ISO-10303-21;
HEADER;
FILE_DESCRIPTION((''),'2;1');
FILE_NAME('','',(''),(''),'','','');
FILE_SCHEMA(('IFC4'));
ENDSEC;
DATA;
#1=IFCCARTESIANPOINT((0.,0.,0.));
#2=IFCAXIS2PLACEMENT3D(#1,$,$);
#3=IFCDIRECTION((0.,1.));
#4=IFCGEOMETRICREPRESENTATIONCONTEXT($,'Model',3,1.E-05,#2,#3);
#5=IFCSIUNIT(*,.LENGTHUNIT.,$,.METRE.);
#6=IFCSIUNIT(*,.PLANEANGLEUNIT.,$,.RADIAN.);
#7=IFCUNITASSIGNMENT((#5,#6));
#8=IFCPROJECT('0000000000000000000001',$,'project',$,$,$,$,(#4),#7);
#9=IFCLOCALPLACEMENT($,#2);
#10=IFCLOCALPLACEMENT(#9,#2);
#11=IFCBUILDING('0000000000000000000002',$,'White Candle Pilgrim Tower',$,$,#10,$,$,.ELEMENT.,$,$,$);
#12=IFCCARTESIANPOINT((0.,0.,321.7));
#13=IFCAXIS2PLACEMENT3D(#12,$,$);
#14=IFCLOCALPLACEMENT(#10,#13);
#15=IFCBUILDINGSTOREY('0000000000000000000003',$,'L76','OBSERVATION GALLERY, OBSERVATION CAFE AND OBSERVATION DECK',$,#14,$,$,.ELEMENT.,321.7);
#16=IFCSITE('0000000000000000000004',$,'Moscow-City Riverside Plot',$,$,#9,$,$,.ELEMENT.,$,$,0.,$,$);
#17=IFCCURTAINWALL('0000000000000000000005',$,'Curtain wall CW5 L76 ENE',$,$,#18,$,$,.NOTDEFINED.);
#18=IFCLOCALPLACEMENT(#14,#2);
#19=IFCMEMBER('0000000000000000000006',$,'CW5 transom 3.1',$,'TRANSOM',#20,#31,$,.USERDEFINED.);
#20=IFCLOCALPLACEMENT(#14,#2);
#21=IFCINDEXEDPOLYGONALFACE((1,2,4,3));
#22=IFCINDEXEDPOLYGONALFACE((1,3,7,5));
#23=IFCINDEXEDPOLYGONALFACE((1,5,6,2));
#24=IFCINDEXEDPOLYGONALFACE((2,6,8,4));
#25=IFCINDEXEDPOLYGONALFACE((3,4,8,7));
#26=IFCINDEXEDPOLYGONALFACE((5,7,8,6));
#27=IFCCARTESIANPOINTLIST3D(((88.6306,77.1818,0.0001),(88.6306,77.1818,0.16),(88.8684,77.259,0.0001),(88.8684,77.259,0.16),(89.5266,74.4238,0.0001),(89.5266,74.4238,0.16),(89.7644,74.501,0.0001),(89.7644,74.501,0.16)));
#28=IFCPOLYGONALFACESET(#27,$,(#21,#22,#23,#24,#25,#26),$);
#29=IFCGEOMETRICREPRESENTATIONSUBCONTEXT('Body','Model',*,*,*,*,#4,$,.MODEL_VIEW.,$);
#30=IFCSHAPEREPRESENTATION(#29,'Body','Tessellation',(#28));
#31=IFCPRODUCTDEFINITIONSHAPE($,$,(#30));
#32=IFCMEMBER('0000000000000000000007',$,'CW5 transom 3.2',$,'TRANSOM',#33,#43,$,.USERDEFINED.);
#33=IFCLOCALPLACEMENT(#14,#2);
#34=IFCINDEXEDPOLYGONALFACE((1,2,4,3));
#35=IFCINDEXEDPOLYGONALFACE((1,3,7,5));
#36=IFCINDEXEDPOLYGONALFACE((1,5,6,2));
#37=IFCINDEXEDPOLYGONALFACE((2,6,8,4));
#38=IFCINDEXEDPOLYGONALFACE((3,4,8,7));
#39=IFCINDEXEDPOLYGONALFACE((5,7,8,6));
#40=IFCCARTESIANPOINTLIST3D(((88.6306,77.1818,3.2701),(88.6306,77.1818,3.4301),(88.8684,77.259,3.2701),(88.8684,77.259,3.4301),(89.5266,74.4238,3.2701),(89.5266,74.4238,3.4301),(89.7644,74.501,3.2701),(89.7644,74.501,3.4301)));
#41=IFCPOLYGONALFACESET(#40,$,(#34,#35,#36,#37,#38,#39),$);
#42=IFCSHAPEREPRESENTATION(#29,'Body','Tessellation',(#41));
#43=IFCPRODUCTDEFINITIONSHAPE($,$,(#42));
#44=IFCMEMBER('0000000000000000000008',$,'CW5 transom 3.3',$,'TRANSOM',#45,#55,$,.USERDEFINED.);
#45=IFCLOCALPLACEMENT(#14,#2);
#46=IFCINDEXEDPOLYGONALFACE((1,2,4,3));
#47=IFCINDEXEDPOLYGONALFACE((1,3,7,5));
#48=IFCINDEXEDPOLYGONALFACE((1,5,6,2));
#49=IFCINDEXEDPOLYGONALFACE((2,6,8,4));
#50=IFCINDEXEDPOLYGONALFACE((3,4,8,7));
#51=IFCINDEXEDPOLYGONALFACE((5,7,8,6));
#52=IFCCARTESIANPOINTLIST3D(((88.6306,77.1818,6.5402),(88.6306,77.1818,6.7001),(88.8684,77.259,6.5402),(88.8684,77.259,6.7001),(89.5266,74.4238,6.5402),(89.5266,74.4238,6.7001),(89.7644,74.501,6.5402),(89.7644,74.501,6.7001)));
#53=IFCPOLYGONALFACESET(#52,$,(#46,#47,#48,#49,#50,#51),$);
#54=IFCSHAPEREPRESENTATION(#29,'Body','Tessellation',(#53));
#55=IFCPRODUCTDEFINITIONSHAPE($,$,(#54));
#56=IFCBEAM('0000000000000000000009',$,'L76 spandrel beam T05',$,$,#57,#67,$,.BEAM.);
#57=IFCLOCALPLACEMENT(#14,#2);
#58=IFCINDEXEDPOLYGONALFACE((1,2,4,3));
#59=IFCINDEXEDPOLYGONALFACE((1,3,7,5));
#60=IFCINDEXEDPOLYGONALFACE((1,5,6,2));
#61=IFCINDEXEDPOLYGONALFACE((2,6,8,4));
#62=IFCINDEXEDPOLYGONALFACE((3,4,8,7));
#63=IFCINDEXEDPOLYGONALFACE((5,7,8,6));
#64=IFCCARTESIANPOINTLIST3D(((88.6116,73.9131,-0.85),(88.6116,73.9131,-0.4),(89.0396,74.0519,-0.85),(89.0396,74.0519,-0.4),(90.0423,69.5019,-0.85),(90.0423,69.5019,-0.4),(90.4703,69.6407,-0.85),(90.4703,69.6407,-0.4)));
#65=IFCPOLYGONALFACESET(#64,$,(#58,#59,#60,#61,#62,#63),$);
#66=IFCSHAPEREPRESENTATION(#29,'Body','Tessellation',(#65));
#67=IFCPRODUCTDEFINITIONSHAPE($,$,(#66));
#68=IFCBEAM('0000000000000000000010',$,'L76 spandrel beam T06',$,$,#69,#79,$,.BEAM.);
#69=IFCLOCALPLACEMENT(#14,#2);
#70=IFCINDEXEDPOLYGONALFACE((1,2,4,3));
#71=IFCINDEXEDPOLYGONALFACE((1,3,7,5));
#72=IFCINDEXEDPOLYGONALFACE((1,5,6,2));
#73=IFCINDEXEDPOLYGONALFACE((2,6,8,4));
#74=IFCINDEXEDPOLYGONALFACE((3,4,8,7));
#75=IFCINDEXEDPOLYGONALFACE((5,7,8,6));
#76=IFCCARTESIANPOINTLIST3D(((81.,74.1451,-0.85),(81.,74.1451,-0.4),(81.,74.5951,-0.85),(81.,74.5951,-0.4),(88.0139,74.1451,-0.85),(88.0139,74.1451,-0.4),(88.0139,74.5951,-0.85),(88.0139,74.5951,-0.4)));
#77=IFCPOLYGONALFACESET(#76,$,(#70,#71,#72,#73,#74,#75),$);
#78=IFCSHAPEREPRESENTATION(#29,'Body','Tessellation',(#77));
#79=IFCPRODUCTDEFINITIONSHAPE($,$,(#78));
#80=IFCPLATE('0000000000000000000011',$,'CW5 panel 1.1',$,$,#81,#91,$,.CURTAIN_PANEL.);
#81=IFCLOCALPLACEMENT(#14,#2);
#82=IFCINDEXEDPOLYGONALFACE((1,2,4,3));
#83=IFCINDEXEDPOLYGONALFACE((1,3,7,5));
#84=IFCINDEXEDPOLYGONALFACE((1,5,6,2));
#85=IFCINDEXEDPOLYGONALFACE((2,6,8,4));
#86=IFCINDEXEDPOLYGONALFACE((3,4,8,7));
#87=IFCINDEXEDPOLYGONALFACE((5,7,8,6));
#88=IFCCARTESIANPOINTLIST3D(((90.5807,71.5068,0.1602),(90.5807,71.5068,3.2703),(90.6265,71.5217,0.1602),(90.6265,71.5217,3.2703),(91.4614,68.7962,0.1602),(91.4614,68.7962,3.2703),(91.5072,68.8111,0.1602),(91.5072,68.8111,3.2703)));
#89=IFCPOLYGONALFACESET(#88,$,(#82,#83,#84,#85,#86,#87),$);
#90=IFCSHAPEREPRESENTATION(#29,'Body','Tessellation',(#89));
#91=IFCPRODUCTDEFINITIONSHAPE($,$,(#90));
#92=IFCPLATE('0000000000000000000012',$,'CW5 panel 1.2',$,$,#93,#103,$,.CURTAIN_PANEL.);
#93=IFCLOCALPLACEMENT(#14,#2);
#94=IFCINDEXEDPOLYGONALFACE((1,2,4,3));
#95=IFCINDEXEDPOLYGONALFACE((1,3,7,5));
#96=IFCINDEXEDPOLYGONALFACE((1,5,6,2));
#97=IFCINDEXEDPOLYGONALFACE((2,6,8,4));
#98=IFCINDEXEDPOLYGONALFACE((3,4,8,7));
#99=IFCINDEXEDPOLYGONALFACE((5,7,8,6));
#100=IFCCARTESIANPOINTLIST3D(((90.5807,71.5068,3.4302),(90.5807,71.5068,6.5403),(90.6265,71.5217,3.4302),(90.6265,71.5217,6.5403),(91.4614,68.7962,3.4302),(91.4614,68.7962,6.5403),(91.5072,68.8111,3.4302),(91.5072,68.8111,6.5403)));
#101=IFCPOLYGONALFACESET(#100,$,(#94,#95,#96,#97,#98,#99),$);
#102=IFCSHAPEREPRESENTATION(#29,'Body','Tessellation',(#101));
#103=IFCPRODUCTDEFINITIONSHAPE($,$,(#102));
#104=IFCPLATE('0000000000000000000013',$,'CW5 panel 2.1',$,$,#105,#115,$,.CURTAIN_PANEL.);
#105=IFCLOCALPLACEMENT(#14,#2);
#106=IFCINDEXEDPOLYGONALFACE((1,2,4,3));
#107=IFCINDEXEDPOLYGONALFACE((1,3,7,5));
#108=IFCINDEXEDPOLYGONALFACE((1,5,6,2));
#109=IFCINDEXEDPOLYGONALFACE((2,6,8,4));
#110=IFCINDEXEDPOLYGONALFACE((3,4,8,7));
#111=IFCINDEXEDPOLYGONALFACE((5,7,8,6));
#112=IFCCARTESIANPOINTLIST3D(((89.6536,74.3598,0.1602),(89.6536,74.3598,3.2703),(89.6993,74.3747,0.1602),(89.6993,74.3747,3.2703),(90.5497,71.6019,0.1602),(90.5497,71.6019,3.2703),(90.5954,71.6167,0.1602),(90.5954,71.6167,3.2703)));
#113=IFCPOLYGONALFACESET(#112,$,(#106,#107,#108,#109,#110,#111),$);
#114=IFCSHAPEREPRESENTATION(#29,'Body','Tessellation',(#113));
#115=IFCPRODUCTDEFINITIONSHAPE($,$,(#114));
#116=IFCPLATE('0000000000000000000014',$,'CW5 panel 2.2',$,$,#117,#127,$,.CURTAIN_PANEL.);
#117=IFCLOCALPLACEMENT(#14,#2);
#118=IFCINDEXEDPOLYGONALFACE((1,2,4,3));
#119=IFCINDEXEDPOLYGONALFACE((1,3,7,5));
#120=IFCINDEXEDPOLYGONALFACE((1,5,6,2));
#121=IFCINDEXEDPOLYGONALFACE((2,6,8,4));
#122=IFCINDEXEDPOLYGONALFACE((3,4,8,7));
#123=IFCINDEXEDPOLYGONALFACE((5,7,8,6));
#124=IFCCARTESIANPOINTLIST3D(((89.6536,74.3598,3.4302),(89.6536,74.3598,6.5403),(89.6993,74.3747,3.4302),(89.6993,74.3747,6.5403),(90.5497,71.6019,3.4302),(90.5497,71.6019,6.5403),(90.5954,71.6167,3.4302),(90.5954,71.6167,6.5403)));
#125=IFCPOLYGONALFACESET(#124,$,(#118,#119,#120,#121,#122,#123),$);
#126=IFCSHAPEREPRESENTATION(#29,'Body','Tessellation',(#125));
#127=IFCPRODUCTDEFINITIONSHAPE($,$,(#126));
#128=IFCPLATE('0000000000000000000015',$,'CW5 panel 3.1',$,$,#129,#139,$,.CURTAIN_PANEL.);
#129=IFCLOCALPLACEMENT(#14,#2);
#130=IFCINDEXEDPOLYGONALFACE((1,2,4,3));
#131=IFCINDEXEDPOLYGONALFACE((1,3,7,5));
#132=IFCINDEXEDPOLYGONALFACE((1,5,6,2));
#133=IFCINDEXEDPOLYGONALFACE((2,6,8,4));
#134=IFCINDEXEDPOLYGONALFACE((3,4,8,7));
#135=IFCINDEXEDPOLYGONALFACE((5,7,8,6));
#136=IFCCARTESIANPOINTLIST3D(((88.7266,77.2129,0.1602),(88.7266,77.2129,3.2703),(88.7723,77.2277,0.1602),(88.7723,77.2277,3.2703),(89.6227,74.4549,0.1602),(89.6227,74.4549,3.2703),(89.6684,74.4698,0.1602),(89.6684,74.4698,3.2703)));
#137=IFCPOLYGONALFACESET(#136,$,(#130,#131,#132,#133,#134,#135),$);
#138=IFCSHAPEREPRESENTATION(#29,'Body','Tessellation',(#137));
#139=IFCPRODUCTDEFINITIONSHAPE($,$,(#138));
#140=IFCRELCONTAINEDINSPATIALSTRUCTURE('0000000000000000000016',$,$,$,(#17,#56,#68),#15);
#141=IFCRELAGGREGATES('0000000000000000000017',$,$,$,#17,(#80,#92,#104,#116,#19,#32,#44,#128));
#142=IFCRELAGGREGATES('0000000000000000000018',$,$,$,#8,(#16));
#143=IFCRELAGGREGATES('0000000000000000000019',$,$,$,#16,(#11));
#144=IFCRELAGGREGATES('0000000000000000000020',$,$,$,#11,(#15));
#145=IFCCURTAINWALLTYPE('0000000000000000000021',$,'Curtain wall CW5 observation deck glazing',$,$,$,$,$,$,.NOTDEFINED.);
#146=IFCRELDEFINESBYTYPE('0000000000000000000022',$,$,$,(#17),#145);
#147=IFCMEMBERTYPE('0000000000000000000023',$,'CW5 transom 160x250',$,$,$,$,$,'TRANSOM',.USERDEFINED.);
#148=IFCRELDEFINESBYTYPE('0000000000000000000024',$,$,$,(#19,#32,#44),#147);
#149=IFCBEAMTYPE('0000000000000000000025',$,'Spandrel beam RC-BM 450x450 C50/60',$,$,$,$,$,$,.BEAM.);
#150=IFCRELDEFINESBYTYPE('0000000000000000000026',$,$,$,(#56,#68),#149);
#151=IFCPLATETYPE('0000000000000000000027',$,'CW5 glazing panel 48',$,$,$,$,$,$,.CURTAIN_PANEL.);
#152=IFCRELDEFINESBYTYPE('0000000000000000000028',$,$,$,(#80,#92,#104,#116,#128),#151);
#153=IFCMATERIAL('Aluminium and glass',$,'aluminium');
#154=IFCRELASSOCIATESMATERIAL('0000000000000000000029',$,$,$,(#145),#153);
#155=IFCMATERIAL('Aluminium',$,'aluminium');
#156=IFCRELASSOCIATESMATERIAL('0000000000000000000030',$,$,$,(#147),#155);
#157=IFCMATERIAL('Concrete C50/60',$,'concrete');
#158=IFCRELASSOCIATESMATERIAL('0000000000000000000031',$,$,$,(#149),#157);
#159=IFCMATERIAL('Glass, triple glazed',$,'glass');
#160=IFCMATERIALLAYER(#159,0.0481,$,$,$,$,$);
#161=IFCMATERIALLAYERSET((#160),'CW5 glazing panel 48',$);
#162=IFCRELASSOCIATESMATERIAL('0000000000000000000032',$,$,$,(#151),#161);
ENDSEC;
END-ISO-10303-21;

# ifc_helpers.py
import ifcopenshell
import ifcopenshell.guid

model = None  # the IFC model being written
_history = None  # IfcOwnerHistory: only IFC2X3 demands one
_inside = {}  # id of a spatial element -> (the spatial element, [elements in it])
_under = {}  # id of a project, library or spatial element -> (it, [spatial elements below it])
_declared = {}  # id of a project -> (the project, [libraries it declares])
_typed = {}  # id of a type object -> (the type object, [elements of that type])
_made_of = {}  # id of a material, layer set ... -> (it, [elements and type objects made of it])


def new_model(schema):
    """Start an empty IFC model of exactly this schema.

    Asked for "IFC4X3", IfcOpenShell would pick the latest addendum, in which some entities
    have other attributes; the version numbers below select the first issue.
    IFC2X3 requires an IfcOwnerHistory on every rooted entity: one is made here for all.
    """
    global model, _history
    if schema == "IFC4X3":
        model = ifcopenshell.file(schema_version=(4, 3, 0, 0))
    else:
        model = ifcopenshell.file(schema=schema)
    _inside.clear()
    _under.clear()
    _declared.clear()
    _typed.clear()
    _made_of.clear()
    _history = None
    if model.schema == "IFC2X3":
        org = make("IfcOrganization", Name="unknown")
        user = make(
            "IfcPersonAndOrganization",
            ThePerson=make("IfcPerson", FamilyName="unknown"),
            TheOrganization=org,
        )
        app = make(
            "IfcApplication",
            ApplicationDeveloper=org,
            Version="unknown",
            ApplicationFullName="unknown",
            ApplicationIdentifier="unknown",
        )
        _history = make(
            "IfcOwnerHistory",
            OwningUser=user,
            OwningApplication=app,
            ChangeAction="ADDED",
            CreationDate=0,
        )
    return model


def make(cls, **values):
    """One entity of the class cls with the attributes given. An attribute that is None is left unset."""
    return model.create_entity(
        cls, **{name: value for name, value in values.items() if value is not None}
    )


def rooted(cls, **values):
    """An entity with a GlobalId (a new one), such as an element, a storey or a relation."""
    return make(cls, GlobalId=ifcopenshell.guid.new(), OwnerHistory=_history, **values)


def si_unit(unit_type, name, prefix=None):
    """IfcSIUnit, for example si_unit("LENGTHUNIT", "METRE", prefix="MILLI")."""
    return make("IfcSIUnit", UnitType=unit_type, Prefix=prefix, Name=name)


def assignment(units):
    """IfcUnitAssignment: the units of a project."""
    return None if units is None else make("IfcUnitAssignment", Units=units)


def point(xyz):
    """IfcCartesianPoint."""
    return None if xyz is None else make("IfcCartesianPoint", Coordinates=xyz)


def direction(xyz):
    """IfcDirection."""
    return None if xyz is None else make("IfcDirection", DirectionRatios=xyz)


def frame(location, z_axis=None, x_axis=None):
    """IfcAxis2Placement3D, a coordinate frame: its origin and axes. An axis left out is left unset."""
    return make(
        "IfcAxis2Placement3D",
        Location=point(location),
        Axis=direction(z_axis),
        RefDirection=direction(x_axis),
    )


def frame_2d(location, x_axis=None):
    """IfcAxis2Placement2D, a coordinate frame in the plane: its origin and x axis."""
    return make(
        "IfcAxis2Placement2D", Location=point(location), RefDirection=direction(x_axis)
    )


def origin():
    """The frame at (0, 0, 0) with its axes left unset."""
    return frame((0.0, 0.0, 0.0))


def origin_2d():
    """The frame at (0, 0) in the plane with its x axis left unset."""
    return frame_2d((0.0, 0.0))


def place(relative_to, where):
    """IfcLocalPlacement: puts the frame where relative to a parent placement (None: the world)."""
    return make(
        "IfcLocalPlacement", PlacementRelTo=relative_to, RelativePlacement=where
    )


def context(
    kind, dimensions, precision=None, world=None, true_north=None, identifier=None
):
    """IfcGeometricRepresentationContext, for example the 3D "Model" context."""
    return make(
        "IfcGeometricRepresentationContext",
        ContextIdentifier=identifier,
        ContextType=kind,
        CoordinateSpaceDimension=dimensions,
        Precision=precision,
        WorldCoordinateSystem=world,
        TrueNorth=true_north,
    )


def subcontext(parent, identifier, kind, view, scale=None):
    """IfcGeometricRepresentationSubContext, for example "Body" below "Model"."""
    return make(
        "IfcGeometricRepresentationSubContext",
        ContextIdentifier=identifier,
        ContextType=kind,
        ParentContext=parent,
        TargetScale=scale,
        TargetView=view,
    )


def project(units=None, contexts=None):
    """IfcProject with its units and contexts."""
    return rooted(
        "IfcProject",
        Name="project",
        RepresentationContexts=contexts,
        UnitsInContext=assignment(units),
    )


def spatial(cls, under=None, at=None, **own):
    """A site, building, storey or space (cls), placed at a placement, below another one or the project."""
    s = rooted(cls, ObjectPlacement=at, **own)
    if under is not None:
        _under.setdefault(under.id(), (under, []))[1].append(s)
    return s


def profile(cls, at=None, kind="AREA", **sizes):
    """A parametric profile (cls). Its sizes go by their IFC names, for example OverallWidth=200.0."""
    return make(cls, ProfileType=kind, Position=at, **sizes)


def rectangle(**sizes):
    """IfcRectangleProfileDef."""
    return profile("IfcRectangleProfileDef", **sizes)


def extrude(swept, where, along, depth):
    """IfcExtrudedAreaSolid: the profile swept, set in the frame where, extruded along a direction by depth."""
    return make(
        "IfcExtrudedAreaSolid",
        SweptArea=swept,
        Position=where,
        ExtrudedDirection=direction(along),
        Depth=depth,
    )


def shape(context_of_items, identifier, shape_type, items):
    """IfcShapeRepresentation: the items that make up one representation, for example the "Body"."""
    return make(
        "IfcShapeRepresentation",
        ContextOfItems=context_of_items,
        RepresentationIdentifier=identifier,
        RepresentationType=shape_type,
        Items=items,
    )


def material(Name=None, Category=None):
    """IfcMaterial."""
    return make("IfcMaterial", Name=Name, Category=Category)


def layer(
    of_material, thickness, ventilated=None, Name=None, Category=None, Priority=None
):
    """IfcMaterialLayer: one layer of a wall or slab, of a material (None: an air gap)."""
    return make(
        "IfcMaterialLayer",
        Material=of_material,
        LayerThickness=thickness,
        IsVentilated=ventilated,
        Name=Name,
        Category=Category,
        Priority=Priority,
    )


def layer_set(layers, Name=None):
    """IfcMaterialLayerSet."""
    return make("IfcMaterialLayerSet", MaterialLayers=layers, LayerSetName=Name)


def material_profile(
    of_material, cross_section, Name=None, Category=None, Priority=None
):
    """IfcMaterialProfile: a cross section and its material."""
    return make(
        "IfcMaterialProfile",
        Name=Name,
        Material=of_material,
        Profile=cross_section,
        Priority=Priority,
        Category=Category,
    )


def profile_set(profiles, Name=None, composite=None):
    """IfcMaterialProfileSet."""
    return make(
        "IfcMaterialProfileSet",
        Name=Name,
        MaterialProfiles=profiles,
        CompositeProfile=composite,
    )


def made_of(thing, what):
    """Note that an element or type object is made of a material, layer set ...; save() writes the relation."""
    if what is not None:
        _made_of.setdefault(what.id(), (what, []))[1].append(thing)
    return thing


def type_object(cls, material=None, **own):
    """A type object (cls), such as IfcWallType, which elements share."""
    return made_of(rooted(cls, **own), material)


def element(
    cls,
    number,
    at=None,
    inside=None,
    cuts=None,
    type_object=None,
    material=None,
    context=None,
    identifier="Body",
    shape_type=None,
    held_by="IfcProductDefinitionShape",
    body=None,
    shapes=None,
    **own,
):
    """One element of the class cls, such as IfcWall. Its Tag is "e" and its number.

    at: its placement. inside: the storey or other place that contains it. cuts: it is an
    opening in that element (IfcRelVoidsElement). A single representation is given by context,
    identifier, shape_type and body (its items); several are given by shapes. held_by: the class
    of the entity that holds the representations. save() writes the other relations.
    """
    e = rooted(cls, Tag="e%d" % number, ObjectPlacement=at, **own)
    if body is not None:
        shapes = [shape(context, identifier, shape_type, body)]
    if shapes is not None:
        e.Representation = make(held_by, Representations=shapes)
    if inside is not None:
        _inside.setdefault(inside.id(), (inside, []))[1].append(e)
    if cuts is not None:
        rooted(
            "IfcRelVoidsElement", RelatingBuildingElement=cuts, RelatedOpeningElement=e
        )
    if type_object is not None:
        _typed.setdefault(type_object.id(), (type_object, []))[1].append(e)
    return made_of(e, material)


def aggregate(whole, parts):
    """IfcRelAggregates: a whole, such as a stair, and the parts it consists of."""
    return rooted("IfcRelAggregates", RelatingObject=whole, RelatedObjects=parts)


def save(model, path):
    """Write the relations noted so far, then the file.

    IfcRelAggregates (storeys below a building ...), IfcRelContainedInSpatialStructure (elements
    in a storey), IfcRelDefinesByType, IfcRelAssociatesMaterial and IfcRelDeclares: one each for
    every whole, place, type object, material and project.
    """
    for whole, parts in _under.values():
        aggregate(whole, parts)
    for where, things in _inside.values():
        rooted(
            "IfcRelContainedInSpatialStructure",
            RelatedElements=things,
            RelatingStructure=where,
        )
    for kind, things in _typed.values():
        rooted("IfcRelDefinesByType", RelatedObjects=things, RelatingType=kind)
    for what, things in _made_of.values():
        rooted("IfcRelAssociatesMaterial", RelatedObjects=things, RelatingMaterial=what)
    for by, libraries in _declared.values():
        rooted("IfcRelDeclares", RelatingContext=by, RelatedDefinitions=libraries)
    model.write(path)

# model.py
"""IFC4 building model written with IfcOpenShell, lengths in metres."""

from ifc_helpers import new_model, si_unit, direction, frame, origin, origin_2d, place, context, subcontext, project, spatial, rectangle, extrude, material, layer, layer_set, material_profile, profile_set, type_object, element, aggregate, save


model = new_model("IFC4")

# Units and contexts
model_context = context("Model", 3, precision=1e-05, world=origin(), true_north=direction((0.0, 1.0)))
body_context = subcontext(model_context, "Body", "Model", "MODEL_VIEW")
ifc_project = project(units=[si_unit("LENGTHUNIT", "METRE"), si_unit("PLANEANGLEUNIT", "RADIAN")], contexts=[model_context])

# Site, building, storey
site_placement = place(None, origin())
site = spatial("IfcSite", under=ifc_project, at=site_placement, Name="Moscow-City Riverside Plot", CompositionType="ELEMENT", RefElevation=0.0)
building_placement = place(site_placement, origin())
building = spatial("IfcBuilding", under=site, at=building_placement, Name="White Candle Pilgrim Tower", CompositionType="ELEMENT")
storey_placement = place(building_placement, frame((0.0, 0.0, 321.7)))
storey = spatial("IfcBuildingStorey", under=building, at=storey_placement, Name="L76", Description="OBSERVATION GALLERY, OBSERVATION CAFE AND OBSERVATION DECK", CompositionType="ELEMENT", Elevation=321.7)

# Curtain wall, members
ifc_material_1 = material(Name="Aluminium and glass", Category="aluminium")
curtain_wall_type = type_object("IfcCurtainWallType", Name="Curtain wall CW5 observation deck glazing", PredefinedType="NOTDEFINED", material=ifc_material_1)
curtain_wall_placement = place(storey_placement, origin())
curtain_wall = element("IfcCurtainWall", 1, at=curtain_wall_placement, inside=storey, type_object=curtain_wall_type, Name="Curtain wall CW5 L76 ENE", PredefinedType="NOTDEFINED")
ifc_material_2 = material(Name="Aluminium", Category="aluminium")
ifc_material_profile_1 = material_profile(ifc_material_2, rectangle(XDim=0.25, YDim=0.1599, at=origin_2d()), Name="CW5 transom 160x250")
ifc_profile_set_1 = profile_set([ifc_material_profile_1], Name="Aluminium")
member_type_1 = type_object("IfcMemberType", Name="CW5 transom 160x250", ElementType="TRANSOM", PredefinedType="USERDEFINED", material=ifc_profile_set_1)
member_1_placement = place(storey_placement, frame((89.6455, 74.4624, 0.0801), z_axis=(-0.30897, 0.951072, 0.0), x_axis=(-0.951072, -0.30897, 0.0)))
member_1 = element("IfcMember", 2, at=member_1_placement, type_object=member_type_1, Name="CW5 transom 3.1", ObjectType="TRANSOM", PredefinedType="USERDEFINED", context=body_context, shape_type="SweptSolid", body=[
    extrude(rectangle(XDim=0.25, YDim=0.1599, at=origin_2d()), origin(), (0.0, 0.0, 1.0), 2.8999),
])
member_2_placement = place(storey_placement, frame((89.6455, 74.4624, 3.3501), z_axis=(-0.30897, 0.951072, 0.0), x_axis=(-0.951072, -0.30897, 0.0)))
member_2 = element("IfcMember", 3, at=member_2_placement, type_object=member_type_1, Name="CW5 transom 3.2", ObjectType="TRANSOM", PredefinedType="USERDEFINED", context=body_context, shape_type="SweptSolid", body=[
    extrude(rectangle(XDim=0.25, YDim=0.1599, at=origin_2d()), origin(), (0.0, 0.0, 1.0), 2.8999),
])
member_3_placement = place(storey_placement, frame((89.6455, 74.4624, 6.6201), z_axis=(-0.30897, 0.951072, 0.0), x_axis=(-0.951072, -0.30897, 0.0)))
member_3 = element("IfcMember", 4, at=member_3_placement, type_object=member_type_1, Name="CW5 transom 3.3", ObjectType="TRANSOM", PredefinedType="USERDEFINED", context=body_context, shape_type="SweptSolid", body=[
    extrude(rectangle(XDim=0.25, YDim=0.1599, at=origin_2d()), origin(), (0.0, 0.0, 1.0), 2.8999),
])

# Beams
ifc_material_3 = material(Name="Concrete C50/60", Category="concrete")
ifc_material_profile_2 = material_profile(ifc_material_3, rectangle(XDim=0.45, YDim=0.45, at=origin_2d()), Name="RC-BM 450x450")
ifc_profile_set_2 = profile_set([ifc_material_profile_2], Name="Concrete C50/60")
beam_type = type_object("IfcBeamType", Name="Spandrel beam RC-BM 450x450 C50/60", PredefinedType="BEAM", material=ifc_profile_set_2)
beam_1_placement = place(storey_placement, frame((90.2563, 69.5713, -0.625), z_axis=(-0.30851, 0.951221, 0.0), x_axis=(-0.951221, -0.30851, 0.0)))
element("IfcBeam", 5, at=beam_1_placement, inside=storey, type_object=beam_type, Name="L76 spandrel beam T05", PredefinedType="BEAM", context=body_context, shape_type="SweptSolid", body=[
    extrude(rectangle(XDim=0.45, YDim=0.45, at=origin_2d()), origin(), (0.0, 0.0, 1.0), 4.6375),
])
beam_2_placement = place(storey_placement, frame((88.0139, 74.3701, -0.625), z_axis=(-1.0, 0.0, 0.0), x_axis=(0.0, -1.0, 0.0)))
element("IfcBeam", 6, at=beam_2_placement, inside=storey, type_object=beam_type, Name="L76 spandrel beam T06", PredefinedType="BEAM", context=body_context, shape_type="SweptSolid", body=[
    extrude(rectangle(XDim=0.45, YDim=0.45, at=origin_2d()), origin(), (0.0, 0.0, 1.0), 7.0139),
])

# Plates
ifc_material_4 = material(Name="Glass, triple glazed", Category="glass")
ifc_layer = layer(ifc_material_4, 0.0481)
ifc_layer_set = layer_set([ifc_layer], Name="CW5 glazing panel 48")
plate_type = type_object("IfcPlateType", Name="CW5 glazing panel 48", PredefinedType="CURTAIN_PANEL", material=ifc_layer_set)
plate_1_placement = place(storey_placement, frame((91.0439, 70.1589, 0.1602), z_axis=(0.0, 0.0, 1.0), x_axis=(-0.309017, 0.951057, 0.0)))
plate_1 = element("IfcPlate", 7, at=plate_1_placement, type_object=plate_type, Name="CW5 panel 1.1", PredefinedType="CURTAIN_PANEL", context=body_context, shape_type="SweptSolid", body=[
    extrude(rectangle(XDim=2.8501, YDim=0.0481, at=origin_2d()), origin(), (0.0, 0.0, 1.0), 3.1101),
])
plate_2_placement = place(storey_placement, frame((91.0439, 70.1589, 3.4302), z_axis=(0.0, 0.0, 1.0), x_axis=(-0.309017, 0.951057, 0.0)))
plate_2 = element("IfcPlate", 8, at=plate_2_placement, type_object=plate_type, Name="CW5 panel 1.2", PredefinedType="CURTAIN_PANEL", context=body_context, shape_type="SweptSolid", body=[
    extrude(rectangle(XDim=2.8501, YDim=0.0481, at=origin_2d()), origin(), (0.0, 0.0, 1.0), 3.1101),
])
plate_3_placement = place(storey_placement, frame((90.1245, 72.9883, 0.1602), z_axis=(0.0, 0.0, 1.0), x_axis=(-0.309017, 0.951057, 0.0)))
plate_3 = element("IfcPlate", 9, at=plate_3_placement, type_object=plate_type, Name="CW5 panel 2.1", PredefinedType="CURTAIN_PANEL", context=body_context, shape_type="SweptSolid", body=[
    extrude(rectangle(XDim=2.8999, YDim=0.0481, at=origin_2d()), origin(), (0.0, 0.0, 1.0), 3.1101),
])
plate_4_placement = place(storey_placement, frame((90.1245, 72.9883, 3.4302), z_axis=(0.0, 0.0, 1.0), x_axis=(-0.309017, 0.951057, 0.0)))
plate_4 = element("IfcPlate", 10, at=plate_4_placement, type_object=plate_type, Name="CW5 panel 2.2", PredefinedType="CURTAIN_PANEL", context=body_context, shape_type="SweptSolid", body=[
    extrude(rectangle(XDim=2.8999, YDim=0.0481, at=origin_2d()), origin(), (0.0, 0.0, 1.0), 3.1101),
])
plate_5_placement = place(storey_placement, frame((89.1975, 75.8413, 0.1602), z_axis=(0.0, 0.0, 1.0), x_axis=(-0.309017, 0.951057, 0.0)))
plate_5 = element("IfcPlate", 11, at=plate_5_placement, type_object=plate_type, Name="CW5 panel 3.1", PredefinedType="CURTAIN_PANEL", context=body_context, shape_type="SweptSolid", body=[
    extrude(rectangle(XDim=2.8999, YDim=0.0481, at=origin_2d()), origin(), (0.0, 0.0, 1.0), 3.1101),
])
aggregate(curtain_wall, [plate_1, plate_2, plate_3, plate_4, member_1, member_2, member_3, plate_5])

save(model, "model.ifc")
